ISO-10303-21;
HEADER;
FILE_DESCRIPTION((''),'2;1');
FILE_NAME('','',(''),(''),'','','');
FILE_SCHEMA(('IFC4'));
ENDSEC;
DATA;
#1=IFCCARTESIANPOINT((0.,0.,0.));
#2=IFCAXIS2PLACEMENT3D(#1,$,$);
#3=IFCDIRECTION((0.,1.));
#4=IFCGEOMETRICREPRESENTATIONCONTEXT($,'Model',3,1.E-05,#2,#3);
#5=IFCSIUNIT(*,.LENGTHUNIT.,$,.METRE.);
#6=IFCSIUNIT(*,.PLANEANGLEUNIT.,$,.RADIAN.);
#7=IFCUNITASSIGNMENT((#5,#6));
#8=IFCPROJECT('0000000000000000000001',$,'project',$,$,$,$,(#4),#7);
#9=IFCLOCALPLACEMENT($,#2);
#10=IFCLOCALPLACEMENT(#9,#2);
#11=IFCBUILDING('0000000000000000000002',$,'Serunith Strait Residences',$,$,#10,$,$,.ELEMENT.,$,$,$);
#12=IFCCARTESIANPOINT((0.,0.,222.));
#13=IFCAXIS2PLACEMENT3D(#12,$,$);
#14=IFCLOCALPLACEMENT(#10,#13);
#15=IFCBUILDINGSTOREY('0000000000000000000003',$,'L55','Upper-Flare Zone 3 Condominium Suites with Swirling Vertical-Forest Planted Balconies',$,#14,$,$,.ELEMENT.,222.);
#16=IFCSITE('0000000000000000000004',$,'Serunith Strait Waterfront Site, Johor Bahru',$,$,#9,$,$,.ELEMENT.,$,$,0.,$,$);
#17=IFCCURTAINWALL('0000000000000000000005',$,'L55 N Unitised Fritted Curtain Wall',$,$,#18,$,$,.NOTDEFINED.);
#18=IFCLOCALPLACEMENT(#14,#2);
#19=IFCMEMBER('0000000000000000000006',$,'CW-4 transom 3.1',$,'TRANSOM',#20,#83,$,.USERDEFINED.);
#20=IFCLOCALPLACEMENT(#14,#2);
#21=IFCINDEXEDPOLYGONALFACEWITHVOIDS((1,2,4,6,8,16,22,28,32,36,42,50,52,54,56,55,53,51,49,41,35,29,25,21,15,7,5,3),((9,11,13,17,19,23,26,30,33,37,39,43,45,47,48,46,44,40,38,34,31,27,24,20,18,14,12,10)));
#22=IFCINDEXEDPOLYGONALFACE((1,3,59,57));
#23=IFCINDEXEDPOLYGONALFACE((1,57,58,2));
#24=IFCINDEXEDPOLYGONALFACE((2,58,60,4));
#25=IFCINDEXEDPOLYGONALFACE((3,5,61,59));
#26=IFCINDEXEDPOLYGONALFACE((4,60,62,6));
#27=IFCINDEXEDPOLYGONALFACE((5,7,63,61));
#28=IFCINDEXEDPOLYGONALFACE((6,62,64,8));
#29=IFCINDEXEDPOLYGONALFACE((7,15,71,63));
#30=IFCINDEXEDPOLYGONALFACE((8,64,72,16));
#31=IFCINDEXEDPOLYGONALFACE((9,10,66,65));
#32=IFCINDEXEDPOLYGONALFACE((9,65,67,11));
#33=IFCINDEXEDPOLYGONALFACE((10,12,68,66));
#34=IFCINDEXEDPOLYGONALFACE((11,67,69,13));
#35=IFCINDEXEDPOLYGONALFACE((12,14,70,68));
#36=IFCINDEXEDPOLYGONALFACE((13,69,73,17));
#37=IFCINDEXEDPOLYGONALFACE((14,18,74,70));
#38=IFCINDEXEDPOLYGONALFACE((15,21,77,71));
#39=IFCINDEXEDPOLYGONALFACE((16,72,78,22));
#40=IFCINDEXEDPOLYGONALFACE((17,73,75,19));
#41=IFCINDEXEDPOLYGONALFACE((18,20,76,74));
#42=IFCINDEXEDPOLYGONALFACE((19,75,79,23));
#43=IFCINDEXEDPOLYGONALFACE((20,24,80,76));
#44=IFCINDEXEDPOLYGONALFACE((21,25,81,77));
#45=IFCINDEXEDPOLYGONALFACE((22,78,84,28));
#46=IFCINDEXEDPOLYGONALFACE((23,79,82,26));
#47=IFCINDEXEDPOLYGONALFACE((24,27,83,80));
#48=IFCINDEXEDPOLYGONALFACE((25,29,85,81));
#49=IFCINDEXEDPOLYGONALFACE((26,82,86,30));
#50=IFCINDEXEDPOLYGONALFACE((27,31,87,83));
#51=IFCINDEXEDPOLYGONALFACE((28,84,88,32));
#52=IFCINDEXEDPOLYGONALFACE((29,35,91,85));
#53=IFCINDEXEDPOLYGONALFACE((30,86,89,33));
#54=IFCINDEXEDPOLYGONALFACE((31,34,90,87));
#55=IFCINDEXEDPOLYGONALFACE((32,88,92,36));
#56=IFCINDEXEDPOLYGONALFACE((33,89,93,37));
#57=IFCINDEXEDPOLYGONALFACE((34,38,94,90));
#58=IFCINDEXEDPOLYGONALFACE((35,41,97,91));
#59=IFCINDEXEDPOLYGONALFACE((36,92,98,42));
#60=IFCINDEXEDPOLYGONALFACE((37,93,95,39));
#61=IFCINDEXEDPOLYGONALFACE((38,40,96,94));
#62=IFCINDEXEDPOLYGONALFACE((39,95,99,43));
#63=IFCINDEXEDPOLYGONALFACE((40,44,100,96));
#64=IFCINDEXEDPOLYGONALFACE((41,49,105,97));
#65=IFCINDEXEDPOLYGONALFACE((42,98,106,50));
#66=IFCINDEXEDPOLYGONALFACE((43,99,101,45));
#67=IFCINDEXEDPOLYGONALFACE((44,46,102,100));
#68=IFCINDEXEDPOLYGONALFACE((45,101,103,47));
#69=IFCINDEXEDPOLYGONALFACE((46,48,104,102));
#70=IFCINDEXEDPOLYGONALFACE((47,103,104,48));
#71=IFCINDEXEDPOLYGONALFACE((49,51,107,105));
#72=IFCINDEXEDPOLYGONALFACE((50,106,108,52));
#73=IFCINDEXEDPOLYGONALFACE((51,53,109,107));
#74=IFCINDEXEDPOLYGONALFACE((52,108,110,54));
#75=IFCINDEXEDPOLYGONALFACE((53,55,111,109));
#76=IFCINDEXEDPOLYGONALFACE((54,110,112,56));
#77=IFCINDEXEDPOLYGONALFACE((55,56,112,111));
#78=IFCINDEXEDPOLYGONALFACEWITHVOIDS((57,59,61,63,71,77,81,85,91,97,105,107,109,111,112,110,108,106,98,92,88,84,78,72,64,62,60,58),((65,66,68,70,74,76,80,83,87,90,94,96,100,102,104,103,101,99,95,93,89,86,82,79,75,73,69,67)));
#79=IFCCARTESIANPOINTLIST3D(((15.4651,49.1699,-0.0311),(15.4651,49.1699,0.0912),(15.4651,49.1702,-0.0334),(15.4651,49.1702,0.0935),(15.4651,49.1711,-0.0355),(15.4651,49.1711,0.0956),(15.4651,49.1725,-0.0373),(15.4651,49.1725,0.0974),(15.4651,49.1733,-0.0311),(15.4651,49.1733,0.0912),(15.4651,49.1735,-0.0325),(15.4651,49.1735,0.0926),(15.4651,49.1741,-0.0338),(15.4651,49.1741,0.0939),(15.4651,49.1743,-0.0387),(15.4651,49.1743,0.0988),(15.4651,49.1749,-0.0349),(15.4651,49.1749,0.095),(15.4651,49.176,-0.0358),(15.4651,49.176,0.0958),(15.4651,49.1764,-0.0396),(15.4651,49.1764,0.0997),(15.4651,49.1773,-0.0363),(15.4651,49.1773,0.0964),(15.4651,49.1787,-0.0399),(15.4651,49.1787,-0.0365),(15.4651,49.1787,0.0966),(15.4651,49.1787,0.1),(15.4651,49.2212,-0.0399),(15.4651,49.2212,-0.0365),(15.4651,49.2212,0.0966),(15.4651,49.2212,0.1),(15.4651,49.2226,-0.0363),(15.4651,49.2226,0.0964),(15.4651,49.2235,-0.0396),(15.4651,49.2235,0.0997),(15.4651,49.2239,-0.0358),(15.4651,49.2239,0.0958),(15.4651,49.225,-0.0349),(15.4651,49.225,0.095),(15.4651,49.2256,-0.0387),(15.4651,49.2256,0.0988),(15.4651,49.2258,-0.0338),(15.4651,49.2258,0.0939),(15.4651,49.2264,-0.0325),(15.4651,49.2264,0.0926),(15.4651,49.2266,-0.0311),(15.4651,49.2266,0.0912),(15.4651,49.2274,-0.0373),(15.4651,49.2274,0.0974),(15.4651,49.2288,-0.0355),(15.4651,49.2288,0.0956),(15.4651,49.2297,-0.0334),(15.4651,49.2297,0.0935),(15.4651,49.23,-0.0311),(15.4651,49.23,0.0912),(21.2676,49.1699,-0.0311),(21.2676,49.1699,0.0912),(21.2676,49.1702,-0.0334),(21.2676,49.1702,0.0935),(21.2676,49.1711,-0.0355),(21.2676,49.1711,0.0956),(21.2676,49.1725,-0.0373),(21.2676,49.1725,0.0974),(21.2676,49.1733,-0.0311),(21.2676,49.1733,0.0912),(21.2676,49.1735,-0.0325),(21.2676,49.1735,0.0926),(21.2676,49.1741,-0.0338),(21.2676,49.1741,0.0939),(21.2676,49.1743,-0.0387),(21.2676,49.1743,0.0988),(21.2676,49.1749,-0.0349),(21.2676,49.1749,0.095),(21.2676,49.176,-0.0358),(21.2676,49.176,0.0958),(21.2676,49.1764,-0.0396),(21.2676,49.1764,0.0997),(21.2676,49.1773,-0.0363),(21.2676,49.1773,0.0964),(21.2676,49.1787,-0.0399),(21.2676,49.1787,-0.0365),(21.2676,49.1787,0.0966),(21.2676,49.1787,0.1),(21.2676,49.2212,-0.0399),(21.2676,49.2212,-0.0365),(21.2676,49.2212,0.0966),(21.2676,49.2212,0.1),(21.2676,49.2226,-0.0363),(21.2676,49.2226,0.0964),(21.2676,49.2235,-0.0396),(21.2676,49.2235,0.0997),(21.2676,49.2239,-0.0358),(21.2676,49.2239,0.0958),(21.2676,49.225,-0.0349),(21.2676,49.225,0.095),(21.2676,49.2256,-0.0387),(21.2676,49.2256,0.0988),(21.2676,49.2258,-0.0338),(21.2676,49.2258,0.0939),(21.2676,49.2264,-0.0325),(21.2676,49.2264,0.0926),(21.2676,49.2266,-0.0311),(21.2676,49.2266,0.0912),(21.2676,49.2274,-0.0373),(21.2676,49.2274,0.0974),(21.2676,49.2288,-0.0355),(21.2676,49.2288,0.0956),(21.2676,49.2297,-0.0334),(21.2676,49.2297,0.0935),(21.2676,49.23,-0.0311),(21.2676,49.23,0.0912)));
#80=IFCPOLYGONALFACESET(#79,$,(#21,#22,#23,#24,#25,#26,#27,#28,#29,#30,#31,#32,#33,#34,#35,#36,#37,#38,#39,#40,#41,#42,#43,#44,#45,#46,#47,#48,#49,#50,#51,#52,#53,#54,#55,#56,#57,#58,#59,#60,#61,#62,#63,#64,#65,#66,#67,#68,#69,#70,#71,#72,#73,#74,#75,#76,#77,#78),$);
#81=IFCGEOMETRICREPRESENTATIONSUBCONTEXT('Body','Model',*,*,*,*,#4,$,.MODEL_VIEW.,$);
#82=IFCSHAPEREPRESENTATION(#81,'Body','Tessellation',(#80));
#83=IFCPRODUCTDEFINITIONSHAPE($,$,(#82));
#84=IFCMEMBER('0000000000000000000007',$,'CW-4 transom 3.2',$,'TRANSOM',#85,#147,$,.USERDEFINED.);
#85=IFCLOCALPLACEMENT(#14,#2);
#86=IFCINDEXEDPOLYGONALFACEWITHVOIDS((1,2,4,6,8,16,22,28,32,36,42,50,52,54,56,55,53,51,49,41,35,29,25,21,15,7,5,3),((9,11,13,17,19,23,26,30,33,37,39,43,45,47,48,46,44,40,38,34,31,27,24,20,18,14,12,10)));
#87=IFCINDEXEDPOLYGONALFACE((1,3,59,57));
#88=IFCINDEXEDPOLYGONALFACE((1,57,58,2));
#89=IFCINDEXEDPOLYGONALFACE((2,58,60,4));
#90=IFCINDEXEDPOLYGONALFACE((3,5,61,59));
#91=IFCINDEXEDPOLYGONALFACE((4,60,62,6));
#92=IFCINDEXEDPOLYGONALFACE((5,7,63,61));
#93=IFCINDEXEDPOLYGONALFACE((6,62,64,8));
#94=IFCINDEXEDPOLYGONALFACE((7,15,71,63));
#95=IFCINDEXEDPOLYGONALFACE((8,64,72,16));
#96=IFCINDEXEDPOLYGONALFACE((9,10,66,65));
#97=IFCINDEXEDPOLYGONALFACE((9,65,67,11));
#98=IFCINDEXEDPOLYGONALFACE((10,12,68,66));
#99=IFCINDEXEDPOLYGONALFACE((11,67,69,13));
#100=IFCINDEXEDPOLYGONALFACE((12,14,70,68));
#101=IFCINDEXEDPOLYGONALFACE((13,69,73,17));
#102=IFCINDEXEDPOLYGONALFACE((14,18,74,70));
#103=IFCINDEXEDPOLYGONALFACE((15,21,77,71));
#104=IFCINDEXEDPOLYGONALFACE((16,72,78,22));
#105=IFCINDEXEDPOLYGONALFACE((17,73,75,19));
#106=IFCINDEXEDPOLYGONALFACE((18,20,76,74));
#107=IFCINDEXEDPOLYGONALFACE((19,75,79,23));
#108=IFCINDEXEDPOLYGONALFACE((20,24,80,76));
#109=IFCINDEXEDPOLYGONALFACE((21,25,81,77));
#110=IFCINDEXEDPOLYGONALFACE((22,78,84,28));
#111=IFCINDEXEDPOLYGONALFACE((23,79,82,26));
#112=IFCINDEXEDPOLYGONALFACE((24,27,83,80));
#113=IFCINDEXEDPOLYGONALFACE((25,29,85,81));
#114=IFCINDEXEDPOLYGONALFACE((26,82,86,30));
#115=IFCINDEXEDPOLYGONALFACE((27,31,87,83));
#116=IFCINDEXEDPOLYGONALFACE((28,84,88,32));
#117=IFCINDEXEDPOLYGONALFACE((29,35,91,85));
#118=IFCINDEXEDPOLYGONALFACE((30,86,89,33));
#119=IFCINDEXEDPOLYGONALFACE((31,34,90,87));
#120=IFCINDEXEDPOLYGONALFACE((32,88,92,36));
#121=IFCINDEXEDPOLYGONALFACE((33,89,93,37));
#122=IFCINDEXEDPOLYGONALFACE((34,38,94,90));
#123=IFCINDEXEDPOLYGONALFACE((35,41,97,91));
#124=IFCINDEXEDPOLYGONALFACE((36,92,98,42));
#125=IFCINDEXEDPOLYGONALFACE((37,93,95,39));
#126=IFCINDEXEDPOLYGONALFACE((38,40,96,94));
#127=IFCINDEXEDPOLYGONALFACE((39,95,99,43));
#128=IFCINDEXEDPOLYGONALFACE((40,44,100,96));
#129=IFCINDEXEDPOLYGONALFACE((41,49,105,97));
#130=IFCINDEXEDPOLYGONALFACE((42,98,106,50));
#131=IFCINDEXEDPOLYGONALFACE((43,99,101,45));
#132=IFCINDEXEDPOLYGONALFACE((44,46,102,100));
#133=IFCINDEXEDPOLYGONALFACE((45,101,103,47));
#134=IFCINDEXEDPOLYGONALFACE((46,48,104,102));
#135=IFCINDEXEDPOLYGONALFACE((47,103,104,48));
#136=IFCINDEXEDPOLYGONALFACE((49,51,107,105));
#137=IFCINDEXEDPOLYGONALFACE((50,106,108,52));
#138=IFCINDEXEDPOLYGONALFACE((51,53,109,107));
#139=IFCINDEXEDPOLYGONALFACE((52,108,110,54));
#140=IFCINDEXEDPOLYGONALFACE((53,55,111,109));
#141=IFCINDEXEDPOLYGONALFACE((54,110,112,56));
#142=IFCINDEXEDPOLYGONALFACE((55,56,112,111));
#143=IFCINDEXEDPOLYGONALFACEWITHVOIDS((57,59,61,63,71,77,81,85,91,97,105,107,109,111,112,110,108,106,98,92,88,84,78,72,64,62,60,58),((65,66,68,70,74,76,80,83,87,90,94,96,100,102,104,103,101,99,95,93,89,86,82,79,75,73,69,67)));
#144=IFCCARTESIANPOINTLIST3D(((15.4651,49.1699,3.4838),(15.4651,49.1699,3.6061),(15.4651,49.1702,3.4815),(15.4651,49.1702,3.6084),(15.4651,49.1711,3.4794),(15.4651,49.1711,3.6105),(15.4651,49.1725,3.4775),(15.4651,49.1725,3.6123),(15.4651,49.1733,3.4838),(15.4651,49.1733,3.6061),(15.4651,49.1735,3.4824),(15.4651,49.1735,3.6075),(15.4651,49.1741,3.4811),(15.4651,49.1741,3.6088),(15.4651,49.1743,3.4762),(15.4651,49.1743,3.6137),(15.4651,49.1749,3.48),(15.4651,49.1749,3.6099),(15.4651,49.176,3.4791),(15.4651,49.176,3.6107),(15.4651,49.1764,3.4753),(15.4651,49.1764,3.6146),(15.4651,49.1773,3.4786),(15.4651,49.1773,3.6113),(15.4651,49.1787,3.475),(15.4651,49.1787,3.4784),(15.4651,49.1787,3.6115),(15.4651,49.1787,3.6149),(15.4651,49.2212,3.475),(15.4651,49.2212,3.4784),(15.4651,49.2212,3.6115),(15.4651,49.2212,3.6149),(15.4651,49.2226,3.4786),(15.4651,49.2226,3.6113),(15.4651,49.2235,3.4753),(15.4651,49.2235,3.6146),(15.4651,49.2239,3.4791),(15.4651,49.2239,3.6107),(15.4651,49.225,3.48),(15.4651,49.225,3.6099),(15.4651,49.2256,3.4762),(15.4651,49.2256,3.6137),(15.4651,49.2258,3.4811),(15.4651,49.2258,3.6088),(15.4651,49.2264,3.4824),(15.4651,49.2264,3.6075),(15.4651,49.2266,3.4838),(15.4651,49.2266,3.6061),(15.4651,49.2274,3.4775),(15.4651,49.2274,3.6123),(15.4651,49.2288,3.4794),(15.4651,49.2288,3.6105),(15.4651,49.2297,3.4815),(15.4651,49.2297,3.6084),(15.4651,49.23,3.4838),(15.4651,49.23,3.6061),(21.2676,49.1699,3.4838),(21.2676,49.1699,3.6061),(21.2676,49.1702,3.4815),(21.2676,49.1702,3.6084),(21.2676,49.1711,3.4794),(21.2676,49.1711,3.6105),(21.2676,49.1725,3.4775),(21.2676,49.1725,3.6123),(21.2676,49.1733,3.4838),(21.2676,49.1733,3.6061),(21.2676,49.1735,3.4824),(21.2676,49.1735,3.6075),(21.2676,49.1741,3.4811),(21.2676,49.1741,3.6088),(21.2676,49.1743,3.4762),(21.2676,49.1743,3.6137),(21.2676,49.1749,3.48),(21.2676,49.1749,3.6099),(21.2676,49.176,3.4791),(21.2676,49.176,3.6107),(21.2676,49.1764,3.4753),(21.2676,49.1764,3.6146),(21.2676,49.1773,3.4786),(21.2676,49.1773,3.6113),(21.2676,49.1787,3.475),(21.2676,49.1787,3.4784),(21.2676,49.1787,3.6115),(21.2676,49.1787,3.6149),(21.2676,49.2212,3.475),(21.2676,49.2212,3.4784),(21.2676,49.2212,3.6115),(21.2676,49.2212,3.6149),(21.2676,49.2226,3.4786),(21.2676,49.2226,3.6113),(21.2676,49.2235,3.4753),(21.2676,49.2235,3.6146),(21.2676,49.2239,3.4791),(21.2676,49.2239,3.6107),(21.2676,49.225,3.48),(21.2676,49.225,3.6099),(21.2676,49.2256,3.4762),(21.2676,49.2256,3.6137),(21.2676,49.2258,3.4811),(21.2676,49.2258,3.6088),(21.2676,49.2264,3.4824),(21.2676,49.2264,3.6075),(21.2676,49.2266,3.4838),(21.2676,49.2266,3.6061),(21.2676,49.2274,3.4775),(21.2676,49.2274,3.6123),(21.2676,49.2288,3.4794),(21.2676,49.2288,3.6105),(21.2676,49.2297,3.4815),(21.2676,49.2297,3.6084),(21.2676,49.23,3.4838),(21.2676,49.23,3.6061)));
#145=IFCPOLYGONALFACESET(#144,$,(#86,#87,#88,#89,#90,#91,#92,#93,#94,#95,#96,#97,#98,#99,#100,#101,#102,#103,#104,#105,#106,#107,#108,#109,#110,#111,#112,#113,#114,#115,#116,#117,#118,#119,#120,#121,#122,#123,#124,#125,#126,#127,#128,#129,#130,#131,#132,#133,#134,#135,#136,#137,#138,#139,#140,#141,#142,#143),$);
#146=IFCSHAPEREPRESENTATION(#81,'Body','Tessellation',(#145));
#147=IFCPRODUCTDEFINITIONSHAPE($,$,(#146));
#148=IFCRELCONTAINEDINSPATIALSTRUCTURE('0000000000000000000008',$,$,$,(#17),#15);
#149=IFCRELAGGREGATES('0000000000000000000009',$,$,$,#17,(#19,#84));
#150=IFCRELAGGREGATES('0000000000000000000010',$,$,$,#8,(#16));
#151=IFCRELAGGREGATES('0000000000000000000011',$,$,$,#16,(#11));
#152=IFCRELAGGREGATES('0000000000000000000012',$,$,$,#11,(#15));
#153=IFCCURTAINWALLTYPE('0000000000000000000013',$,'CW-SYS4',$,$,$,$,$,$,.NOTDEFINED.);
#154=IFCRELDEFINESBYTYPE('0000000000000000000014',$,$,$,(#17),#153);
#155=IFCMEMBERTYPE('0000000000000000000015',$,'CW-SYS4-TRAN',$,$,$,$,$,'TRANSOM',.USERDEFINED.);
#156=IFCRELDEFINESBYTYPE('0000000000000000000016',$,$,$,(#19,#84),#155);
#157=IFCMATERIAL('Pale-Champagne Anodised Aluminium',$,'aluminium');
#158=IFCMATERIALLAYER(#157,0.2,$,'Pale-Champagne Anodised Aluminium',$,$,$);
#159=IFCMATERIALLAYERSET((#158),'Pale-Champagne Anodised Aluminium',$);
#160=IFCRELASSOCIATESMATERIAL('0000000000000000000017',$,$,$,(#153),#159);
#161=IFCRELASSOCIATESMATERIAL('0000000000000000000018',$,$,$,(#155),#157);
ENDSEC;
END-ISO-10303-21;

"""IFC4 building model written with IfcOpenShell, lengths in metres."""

from ifc_helpers import new_model, si_unit, direction, frame, origin, origin_2d, place, context, subcontext, project, spatial, hollow_rectangle, extrude, source, transform, mapped, material, layer, layer_set, material_profile, profile_set, type_object, element, aggregate, save


model = new_model("IFC4")

# Units and contexts
model_context = context("Model", 3, precision=1e-05, world=origin(), true_north=direction((0.0, 1.0)))
body_context = subcontext(model_context, "Body", "Model", "MODEL_VIEW")
ifc_project = project(units=[si_unit("LENGTHUNIT", "METRE"), si_unit("PLANEANGLEUNIT", "RADIAN")], contexts=[model_context])

# Site, building, storey
site_placement = place(None, origin())
site = spatial("IfcSite", under=ifc_project, at=site_placement, Name="Serunith Strait Waterfront Site, Johor Bahru", CompositionType="ELEMENT", RefElevation=0.0)
building_placement = place(site_placement, origin())
building = spatial("IfcBuilding", under=site, at=building_placement, Name="Serunith Strait Residences", CompositionType="ELEMENT")
storey_placement = place(building_placement, frame((0.0, 0.0, 222.0)))
storey = spatial("IfcBuildingStorey", under=building, at=storey_placement, Name="L55", Description="Upper-Flare Zone 3 Condominium Suites with Swirling Vertical-Forest Planted Balconies", CompositionType="ELEMENT", Elevation=222.0)

# Curtain wall, members
ifc_material_1 = material(Name="Pale-Champagne Anodised Aluminium", Category="aluminium")
ifc_layer_1 = layer(ifc_material_1, 0.2, Name="Pale-Champagne Anodised Aluminium")
ifc_layer_set_1 = layer_set([ifc_layer_1], Name="Pale-Champagne Anodised Aluminium")
curtain_wall_type = type_object("IfcCurtainWallType", Name="CW-SYS4", PredefinedType="NOTDEFINED", material=ifc_layer_set_1)
curtain_wall_placement = place(storey_placement, origin())
curtain_wall = element("IfcCurtainWall", 1, at=curtain_wall_placement, inside=storey, type_object=curtain_wall_type, Name="L55 N Unitised Fritted Curtain Wall", PredefinedType="NOTDEFINED")
ifc_material_profile_1 = material_profile(ifc_material_1, hollow_rectangle(XDim=0.0601, YDim=0.1399, WallThickness=0.0034, InnerFilletRadius=0.0054, OuterFilletRadius=0.0088, at=origin_2d()), Name="ALU 140x60x3.5")
ifc_profile_set_1 = profile_set([ifc_material_profile_1], Name="Pale-Champagne Anodised Aluminium")
member_type_1 = type_object("IfcMemberType", Name="CW-SYS4-TRAN", ElementType="TRANSOM", PredefinedType="USERDEFINED", material=ifc_profile_set_1)
shared_shape_1 = source(origin(), body_context, "Body", "SweptSolid", [
    extrude(hollow_rectangle(XDim=0.0601, YDim=0.1399, WallThickness=0.0034, InnerFilletRadius=0.0054, OuterFilletRadius=0.0088, at=origin_2d()), origin(), (0.0, 0.0, 1.0), 5.8025),
])
member_1_placement = place(storey_placement, frame((21.2676, 49.2, 0.03), z_axis=(-1.0, 0.0, 0.0), x_axis=(0.0, -1.0, 0.0)))
member_1 = element("IfcMember", 2, at=member_1_placement, type_object=member_type_1, Name="CW-4 transom 3.1", ObjectType="TRANSOM", PredefinedType="USERDEFINED", context=body_context, shape_type="MappedRepresentation", body=[
    mapped(shared_shape_1, transform((0.0, 0.0, 0.0), scale=1.0)),
])
member_2_placement = place(storey_placement, frame((21.2676, 49.2, 3.5449), z_axis=(-1.0, 0.0, 0.0), x_axis=(0.0, -1.0, 0.0)))
member_2 = element("IfcMember", 3, at=member_2_placement, type_object=member_type_1, Name="CW-4 transom 3.2", ObjectType="TRANSOM", PredefinedType="USERDEFINED", context=body_context, shape_type="MappedRepresentation", body=[
    mapped(shared_shape_1, transform((0.0, 0.0, 0.0), scale=1.0)),
])
aggregate(curtain_wall, [member_1, member_2])

save(model, "model.ifc")
